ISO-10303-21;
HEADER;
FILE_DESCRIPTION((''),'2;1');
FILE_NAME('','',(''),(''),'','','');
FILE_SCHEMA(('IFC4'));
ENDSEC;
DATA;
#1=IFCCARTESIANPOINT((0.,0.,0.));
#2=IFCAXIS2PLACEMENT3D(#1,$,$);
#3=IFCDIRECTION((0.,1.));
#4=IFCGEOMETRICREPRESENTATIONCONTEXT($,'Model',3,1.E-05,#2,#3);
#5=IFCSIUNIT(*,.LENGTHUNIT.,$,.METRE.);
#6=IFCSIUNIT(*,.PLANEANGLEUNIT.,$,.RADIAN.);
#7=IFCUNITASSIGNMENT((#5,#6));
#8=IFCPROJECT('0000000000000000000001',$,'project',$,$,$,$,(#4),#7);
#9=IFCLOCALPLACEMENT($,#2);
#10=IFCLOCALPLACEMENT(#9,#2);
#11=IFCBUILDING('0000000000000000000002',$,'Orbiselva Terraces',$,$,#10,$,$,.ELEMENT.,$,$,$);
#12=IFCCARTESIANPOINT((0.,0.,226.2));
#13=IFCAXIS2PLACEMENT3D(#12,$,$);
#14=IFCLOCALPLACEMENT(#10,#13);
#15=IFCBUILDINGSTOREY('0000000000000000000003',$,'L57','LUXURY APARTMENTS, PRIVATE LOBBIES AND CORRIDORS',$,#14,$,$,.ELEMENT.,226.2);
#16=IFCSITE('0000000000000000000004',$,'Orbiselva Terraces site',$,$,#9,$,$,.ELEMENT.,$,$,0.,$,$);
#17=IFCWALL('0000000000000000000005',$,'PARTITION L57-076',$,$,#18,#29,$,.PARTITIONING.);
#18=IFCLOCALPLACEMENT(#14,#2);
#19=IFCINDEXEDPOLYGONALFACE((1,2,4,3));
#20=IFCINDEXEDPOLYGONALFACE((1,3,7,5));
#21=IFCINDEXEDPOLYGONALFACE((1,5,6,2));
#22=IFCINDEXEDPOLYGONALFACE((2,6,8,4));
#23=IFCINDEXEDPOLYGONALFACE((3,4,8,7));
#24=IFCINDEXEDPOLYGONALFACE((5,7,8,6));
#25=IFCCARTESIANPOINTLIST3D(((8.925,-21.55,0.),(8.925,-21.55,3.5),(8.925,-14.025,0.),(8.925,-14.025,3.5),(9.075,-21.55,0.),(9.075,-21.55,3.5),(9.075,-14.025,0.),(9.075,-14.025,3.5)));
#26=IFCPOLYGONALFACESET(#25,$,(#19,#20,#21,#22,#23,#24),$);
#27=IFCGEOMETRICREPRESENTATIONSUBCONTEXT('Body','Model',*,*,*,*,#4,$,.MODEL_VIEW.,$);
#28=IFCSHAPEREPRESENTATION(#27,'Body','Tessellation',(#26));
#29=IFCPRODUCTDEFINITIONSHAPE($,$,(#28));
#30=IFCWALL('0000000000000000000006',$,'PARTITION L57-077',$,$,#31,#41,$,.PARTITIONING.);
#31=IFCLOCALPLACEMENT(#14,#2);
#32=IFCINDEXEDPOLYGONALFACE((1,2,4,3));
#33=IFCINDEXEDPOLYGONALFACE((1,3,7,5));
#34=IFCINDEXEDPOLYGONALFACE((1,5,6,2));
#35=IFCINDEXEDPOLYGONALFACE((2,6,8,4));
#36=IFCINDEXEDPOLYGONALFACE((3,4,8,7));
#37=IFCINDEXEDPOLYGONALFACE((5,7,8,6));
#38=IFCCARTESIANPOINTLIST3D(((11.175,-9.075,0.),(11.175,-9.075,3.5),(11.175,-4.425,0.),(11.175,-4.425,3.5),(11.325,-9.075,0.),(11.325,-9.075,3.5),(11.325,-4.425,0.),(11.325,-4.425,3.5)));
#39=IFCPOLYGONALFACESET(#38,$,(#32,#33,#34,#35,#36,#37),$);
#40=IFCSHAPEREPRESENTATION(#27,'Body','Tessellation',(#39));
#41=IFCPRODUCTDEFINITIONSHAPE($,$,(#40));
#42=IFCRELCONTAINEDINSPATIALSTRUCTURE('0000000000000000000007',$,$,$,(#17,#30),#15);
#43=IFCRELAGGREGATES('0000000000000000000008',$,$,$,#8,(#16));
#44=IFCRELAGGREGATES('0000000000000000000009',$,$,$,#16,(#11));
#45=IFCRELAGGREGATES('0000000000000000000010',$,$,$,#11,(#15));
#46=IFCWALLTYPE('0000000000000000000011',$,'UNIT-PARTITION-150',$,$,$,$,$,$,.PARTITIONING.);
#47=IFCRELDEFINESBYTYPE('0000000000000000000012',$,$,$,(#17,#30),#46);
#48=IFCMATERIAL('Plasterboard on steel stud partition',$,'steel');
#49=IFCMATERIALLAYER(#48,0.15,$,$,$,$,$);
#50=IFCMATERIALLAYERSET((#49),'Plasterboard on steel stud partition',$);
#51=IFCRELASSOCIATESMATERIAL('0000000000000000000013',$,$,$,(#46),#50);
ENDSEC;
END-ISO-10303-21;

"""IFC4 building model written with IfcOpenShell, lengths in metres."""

from ifc_helpers import new_model, si_unit, direction, frame, frame_2d, origin, place, context, subcontext, project, spatial, rectangle, extrude, material, layer, layer_set, type_object, element, save


model = new_model("IFC4")

# Units and contexts
model_context = context("Model", 3, precision=1e-05, world=origin(), true_north=direction((0.0, 1.0)))
body_context = subcontext(model_context, "Body", "Model", "MODEL_VIEW")
ifc_project = project(units=[si_unit("LENGTHUNIT", "METRE"), si_unit("PLANEANGLEUNIT", "RADIAN")], contexts=[model_context])

# Site, building, storey
site_placement = place(None, origin())
site = spatial("IfcSite", under=ifc_project, at=site_placement, Name="Orbiselva Terraces site", CompositionType="ELEMENT", RefElevation=0.0)
building_placement = place(site_placement, origin())
building = spatial("IfcBuilding", under=site, at=building_placement, Name="Orbiselva Terraces", CompositionType="ELEMENT")
storey_placement = place(building_placement, frame((0.0, 0.0, 226.2)))
storey = spatial("IfcBuildingStorey", under=building, at=storey_placement, Name="L57", Description="LUXURY APARTMENTS, PRIVATE LOBBIES AND CORRIDORS", CompositionType="ELEMENT", Elevation=226.2)

# Shared definitions
ifc_material_1 = material(Name="Plasterboard on steel stud partition", Category="steel")

# Shared definitions
ifc_layer_1 = layer(ifc_material_1, 0.15)
ifc_layer_set_1 = layer_set([ifc_layer_1], Name="Plasterboard on steel stud partition")
wall_type_1 = type_object("IfcWallType", Name="UNIT-PARTITION-150", PredefinedType="PARTITIONING", material=ifc_layer_set_1)

# Walls
wall_1_placement = place(storey_placement, frame((9.0, -21.55, 0.0), z_axis=(0.0, 0.0, 1.0), x_axis=(0.0, 1.0, 0.0)))
element("IfcWall", 1, at=wall_1_placement, inside=storey, type_object=wall_type_1, Name="PARTITION L57-076", PredefinedType="PARTITIONING", context=body_context, shape_type="SweptSolid", body=[
    extrude(rectangle(XDim=7.525, YDim=0.15, at=frame_2d((3.7625, 0.0))), origin(), (0.0, 0.0, 1.0), 3.5),
])
wall_2_placement = place(storey_placement, frame((11.25, -9.075, 0.0), z_axis=(0.0, 0.0, 1.0), x_axis=(0.0, 1.0, 0.0)))
element("IfcWall", 2, at=wall_2_placement, inside=storey, type_object=wall_type_1, Name="PARTITION L57-077", PredefinedType="PARTITIONING", context=body_context, shape_type="SweptSolid", body=[
    extrude(rectangle(XDim=4.65, YDim=0.15, at=frame_2d((2.325, 0.0))), origin(), (0.0, 0.0, 1.0), 3.5),
])

save(model, "model.ifc")
